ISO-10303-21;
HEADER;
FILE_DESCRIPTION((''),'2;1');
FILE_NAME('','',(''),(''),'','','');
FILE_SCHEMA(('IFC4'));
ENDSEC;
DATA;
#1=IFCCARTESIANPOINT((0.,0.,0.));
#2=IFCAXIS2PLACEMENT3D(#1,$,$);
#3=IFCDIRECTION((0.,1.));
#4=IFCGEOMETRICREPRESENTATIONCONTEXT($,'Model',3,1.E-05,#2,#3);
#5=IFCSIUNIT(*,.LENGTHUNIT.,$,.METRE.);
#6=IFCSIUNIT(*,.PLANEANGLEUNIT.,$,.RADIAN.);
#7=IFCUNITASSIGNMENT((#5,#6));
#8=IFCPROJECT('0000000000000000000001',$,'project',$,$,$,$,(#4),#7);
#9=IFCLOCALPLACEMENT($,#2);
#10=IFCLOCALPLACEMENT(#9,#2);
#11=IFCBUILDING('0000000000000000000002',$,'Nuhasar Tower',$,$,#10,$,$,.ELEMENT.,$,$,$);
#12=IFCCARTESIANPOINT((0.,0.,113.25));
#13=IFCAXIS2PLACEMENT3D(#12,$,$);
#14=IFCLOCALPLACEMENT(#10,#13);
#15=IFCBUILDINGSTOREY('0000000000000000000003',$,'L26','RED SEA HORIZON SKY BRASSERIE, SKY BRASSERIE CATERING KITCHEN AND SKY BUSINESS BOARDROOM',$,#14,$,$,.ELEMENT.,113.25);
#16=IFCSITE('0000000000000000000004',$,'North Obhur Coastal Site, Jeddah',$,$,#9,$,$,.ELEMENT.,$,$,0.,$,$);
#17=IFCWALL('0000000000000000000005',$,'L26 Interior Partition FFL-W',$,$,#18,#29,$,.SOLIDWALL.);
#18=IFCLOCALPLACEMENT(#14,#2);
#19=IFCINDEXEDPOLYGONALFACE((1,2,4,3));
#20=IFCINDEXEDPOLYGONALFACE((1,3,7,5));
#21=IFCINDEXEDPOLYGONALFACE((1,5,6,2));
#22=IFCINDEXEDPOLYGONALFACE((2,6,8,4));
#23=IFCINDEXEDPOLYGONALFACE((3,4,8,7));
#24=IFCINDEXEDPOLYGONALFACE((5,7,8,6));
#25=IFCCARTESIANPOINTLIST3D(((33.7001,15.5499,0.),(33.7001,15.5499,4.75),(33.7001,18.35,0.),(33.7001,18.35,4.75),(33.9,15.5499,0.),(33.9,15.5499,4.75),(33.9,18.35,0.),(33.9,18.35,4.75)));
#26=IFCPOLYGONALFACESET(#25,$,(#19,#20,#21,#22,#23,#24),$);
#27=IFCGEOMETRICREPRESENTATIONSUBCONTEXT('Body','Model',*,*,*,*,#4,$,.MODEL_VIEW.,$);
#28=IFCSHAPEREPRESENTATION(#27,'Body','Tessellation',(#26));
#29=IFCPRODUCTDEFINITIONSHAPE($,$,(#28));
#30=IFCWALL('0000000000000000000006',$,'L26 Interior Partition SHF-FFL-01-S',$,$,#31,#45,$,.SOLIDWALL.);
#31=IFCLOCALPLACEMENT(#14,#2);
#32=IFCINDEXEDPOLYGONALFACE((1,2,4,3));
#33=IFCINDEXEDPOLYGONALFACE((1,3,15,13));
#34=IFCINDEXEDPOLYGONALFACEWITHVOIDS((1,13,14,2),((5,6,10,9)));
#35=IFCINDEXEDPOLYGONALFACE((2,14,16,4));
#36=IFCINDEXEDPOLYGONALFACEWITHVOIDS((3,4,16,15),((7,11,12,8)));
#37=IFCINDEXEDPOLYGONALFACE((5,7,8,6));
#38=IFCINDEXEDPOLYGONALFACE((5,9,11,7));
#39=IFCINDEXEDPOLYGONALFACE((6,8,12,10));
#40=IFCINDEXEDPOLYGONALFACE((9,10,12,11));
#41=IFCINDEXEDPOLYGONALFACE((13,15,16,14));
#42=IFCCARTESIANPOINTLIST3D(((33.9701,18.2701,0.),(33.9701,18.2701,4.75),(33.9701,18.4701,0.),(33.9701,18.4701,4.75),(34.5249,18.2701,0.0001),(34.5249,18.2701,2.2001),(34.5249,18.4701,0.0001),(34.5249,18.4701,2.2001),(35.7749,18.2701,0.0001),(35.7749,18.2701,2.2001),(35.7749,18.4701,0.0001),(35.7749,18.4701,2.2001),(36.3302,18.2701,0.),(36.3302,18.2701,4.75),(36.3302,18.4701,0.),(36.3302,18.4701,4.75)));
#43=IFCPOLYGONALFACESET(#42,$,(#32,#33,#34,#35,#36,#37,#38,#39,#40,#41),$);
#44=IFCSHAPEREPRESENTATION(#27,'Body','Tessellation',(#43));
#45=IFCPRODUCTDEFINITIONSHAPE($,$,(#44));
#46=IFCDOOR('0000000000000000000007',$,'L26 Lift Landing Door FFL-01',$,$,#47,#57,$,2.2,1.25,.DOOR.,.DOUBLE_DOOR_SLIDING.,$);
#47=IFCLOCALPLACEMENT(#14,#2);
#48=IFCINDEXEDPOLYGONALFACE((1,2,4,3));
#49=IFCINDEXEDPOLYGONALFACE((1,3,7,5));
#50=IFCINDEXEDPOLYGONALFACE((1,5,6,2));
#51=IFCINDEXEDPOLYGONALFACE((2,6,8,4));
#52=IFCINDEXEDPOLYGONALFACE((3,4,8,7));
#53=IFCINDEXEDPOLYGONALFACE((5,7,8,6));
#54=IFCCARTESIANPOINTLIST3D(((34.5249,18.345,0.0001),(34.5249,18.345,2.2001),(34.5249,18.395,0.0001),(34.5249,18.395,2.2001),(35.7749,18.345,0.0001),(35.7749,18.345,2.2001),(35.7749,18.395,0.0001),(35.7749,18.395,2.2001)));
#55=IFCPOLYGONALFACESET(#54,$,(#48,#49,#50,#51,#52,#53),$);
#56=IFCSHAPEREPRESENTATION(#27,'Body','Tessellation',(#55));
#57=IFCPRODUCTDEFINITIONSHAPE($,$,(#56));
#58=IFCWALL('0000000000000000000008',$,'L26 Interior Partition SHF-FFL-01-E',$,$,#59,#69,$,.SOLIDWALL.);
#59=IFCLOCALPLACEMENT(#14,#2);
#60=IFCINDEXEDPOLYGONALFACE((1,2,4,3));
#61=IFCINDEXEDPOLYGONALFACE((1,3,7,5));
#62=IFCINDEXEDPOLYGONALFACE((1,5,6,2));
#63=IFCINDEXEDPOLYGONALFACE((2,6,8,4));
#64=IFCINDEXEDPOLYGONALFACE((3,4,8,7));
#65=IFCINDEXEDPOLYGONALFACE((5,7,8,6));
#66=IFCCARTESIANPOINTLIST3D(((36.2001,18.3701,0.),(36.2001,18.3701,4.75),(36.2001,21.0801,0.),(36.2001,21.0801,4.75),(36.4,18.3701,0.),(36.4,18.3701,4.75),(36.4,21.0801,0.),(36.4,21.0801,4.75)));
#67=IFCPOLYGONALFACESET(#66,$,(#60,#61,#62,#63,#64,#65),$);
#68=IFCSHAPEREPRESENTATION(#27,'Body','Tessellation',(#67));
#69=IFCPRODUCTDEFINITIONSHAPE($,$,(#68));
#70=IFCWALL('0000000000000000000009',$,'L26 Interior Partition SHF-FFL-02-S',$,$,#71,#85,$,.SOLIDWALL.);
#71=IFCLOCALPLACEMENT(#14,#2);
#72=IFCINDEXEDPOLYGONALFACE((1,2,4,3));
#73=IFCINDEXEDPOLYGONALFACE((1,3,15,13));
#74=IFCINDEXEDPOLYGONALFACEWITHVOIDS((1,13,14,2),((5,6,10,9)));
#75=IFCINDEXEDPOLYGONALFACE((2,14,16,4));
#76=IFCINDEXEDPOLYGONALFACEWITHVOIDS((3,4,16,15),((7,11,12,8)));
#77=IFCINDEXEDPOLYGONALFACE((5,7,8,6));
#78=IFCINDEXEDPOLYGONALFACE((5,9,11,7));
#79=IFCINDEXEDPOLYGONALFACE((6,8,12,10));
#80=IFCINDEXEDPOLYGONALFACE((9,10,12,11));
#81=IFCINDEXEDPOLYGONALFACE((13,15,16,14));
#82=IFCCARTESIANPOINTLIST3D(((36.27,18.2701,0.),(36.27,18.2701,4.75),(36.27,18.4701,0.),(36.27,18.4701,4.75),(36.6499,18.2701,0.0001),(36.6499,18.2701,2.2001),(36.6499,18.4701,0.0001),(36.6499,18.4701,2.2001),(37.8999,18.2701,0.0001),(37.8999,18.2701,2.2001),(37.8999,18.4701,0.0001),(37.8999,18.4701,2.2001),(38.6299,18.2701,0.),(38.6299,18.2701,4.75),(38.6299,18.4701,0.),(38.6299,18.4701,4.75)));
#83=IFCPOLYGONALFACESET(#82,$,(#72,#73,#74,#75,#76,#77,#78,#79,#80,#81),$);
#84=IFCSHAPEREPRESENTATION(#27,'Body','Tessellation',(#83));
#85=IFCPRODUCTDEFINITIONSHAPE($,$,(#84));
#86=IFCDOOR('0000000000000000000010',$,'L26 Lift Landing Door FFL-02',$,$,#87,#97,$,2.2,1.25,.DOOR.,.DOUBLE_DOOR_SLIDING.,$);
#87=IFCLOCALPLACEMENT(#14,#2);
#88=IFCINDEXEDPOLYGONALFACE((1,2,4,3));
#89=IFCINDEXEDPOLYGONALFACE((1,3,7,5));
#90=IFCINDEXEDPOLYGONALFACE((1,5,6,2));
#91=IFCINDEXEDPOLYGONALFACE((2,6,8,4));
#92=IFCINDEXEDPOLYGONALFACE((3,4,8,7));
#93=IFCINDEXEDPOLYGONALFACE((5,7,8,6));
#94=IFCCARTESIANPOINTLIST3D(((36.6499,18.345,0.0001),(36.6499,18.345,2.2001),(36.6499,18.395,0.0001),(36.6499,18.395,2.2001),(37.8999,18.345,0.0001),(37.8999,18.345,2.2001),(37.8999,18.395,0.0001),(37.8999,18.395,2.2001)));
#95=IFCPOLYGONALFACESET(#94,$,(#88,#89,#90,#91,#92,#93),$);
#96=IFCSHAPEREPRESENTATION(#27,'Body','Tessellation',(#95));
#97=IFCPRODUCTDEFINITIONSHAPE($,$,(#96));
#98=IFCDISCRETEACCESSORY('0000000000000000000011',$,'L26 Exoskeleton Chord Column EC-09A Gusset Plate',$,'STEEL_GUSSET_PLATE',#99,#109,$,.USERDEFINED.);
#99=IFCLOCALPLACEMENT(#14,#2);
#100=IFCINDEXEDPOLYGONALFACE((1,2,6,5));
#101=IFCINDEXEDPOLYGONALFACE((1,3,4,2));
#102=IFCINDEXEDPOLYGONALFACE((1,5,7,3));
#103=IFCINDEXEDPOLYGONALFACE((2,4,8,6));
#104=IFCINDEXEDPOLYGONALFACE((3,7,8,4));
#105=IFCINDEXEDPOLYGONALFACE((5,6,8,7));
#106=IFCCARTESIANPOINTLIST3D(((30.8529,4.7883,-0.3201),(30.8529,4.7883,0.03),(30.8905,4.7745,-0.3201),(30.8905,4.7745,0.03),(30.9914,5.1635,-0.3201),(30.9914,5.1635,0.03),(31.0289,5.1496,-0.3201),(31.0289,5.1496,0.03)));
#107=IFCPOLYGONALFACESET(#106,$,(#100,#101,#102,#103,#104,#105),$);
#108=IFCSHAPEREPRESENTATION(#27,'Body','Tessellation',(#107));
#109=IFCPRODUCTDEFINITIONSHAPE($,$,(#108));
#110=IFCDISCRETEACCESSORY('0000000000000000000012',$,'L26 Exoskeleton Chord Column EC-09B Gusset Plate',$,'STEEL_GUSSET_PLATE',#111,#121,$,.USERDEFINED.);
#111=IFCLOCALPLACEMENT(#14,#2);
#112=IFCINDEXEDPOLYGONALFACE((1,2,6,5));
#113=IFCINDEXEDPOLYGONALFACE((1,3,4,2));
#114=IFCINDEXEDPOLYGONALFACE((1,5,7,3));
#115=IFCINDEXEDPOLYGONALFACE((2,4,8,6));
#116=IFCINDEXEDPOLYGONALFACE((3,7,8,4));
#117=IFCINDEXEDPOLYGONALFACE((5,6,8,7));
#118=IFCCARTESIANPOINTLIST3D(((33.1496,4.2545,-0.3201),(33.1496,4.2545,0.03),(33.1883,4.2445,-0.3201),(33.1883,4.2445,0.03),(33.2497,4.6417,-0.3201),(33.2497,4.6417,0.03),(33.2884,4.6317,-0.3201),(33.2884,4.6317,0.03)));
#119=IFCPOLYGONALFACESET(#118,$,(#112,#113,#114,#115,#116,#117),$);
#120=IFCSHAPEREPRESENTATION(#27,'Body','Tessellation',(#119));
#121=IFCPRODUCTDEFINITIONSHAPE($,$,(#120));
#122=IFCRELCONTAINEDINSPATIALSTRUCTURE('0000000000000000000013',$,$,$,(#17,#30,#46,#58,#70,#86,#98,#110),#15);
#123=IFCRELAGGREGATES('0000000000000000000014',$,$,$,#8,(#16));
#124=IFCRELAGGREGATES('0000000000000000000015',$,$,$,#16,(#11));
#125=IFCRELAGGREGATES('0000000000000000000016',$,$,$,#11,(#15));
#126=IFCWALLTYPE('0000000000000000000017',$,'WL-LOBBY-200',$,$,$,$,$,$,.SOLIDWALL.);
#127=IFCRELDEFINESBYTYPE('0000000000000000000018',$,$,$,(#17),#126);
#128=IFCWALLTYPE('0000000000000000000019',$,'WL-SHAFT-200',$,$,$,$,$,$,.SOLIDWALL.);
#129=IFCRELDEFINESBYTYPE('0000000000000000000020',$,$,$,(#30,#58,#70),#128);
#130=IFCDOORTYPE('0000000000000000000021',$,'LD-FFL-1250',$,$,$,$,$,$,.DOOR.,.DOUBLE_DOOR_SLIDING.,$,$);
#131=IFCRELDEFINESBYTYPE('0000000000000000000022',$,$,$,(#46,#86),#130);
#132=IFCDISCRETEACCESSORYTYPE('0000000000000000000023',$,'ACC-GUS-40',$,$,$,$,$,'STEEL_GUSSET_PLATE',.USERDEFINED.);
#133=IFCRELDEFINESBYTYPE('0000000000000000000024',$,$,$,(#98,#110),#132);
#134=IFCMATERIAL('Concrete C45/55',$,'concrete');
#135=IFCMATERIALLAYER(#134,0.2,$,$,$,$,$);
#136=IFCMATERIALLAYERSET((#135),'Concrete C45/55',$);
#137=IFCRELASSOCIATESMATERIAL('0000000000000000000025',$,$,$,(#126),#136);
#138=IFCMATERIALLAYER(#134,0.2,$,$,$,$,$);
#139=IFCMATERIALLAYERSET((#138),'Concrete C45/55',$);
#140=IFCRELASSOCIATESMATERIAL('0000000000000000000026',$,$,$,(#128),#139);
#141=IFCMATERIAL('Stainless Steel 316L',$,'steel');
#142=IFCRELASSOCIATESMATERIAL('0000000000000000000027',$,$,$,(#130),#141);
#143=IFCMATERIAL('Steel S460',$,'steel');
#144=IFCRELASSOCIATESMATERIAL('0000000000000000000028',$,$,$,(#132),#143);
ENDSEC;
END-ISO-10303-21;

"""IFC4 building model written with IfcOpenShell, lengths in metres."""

from ifc_helpers import new_model, si_unit, direction, frame, frame_2d, origin, origin_2d, place, context, subcontext, project, spatial, rectangle, extrude, material, layer, layer_set, type_object, element, fill, save


model = new_model("IFC4")

# Units and contexts
model_context = context("Model", 3, precision=1e-05, world=origin(), true_north=direction((0.0, 1.0)))
body_context = subcontext(model_context, "Body", "Model", "MODEL_VIEW")
ifc_project = project(units=[si_unit("LENGTHUNIT", "METRE"), si_unit("PLANEANGLEUNIT", "RADIAN")], contexts=[model_context])

# Site, building, storey
site_placement = place(None, origin())
site = spatial("IfcSite", under=ifc_project, at=site_placement, Name="North Obhur Coastal Site, Jeddah", CompositionType="ELEMENT", RefElevation=0.0)
building_placement = place(site_placement, origin())
building = spatial("IfcBuilding", under=site, at=building_placement, Name="Nuhasar Tower", CompositionType="ELEMENT")
storey_placement = place(building_placement, frame((0.0, 0.0, 113.25)))
storey = spatial("IfcBuildingStorey", under=building, at=storey_placement, Name="L26", Description="RED SEA HORIZON SKY BRASSERIE, SKY BRASSERIE CATERING KITCHEN AND SKY BUSINESS BOARDROOM", CompositionType="ELEMENT", Elevation=113.25)

# Shared definitions
ifc_material_1 = material(Name="Steel S460", Category="steel")

# Wall
ifc_material_2 = material(Name="Concrete C45/55", Category="concrete")
ifc_layer_1 = layer(ifc_material_2, 0.2)
ifc_layer_set_1 = layer_set([ifc_layer_1], Name="Concrete C45/55")
wall_type_1 = type_object("IfcWallType", Name="WL-LOBBY-200", PredefinedType="SOLIDWALL", material=ifc_layer_set_1)
wall_1_placement = place(storey_placement, frame((33.8, 15.55, 0.0), z_axis=(0.0, 0.0, 1.0), x_axis=(0.0, 1.0, 0.0)))
element("IfcWall", 1, at=wall_1_placement, inside=storey, type_object=wall_type_1, Name="L26 Interior Partition FFL-W", PredefinedType="SOLIDWALL", context=body_context, shape_type="SweptSolid", body=[
    extrude(rectangle(XDim=2.8, YDim=0.2, at=frame_2d((1.3999, 0.0))), origin(), (0.0, 0.0, 1.0), 4.75),
])

# Wall, opening, door
ifc_layer_2 = layer(ifc_material_2, 0.2)
ifc_layer_set_2 = layer_set([ifc_layer_2], Name="Concrete C45/55")
wall_type_2 = type_object("IfcWallType", Name="WL-SHAFT-200", PredefinedType="SOLIDWALL", material=ifc_layer_set_2)
wall_2_placement = place(storey_placement, frame((33.97, 18.3701, 0.0), z_axis=(0.0, 0.0, 1.0), x_axis=(1.0, 0.0, 0.0)))
wall_2 = element("IfcWall", 2, at=wall_2_placement, inside=storey, type_object=wall_type_2, Name="L26 Interior Partition SHF-FFL-01-S", PredefinedType="SOLIDWALL", context=body_context, shape_type="SweptSolid", body=[
    extrude(rectangle(XDim=2.3601, YDim=0.2, at=frame_2d((1.1802, 0.0))), origin(), (0.0, 0.0, 1.0), 4.75),
])
opening_1_placement = place(wall_2_placement, frame((0.5549, 0.0, 0.0)))
opening_1 = element("IfcOpeningElement", 3, at=opening_1_placement, cuts=wall_2, PredefinedType="OPENING", context=body_context, shape_type="SweptSolid", body=[
    extrude(rectangle(XDim=1.25, YDim=2.2, at=frame_2d((0.625, 1.1001))), frame((0.0, 0.1099, 0.0), z_axis=(0.0, -1.0, 0.0), x_axis=(1.0, 0.0, 0.0)), (0.0, 0.0, 1.0), 0.22),
])
ifc_material_3 = material(Name="Stainless Steel 316L", Category="steel")
door_type_1 = type_object("IfcDoorType", Name="LD-FFL-1250", OperationType="DOUBLE_DOOR_SLIDING", PredefinedType="DOOR", material=ifc_material_3)
door_1_placement = place(opening_1_placement, origin())
door_1 = element("IfcDoor", 4, at=door_1_placement, inside=storey, type_object=door_type_1, Name="L26 Lift Landing Door FFL-01", OperationType="DOUBLE_DOOR_SLIDING", OverallHeight=2.2, OverallWidth=1.25, PredefinedType="DOOR", context=body_context, shape_type="SweptSolid", body=[
    extrude(rectangle(XDim=1.25, YDim=2.2, at=frame_2d((0.625, 1.1001))), frame((0.0, 0.0249, 0.0), z_axis=(0.0, -1.0, 0.0), x_axis=(1.0, 0.0, 0.0)), (0.0, 0.0, 1.0), 0.05),
])
fill(opening_1, door_1)

# Wall
wall_3_placement = place(storey_placement, frame((36.3, 18.3701, 0.0), z_axis=(0.0, 0.0, 1.0), x_axis=(0.0, 1.0, 0.0)))
element("IfcWall", 5, at=wall_3_placement, inside=storey, type_object=wall_type_2, Name="L26 Interior Partition SHF-FFL-01-E", PredefinedType="SOLIDWALL", context=body_context, shape_type="SweptSolid", body=[
    extrude(rectangle(XDim=2.71, YDim=0.2, at=frame_2d((1.355, 0.0))), origin(), (0.0, 0.0, 1.0), 4.75),
])

# Wall, opening, door
wall_4_placement = place(storey_placement, frame((36.27, 18.3701, 0.0), z_axis=(0.0, 0.0, 1.0), x_axis=(1.0, 0.0, 0.0)))
wall_4 = element("IfcWall", 6, at=wall_4_placement, inside=storey, type_object=wall_type_2, Name="L26 Interior Partition SHF-FFL-02-S", PredefinedType="SOLIDWALL", context=body_context, shape_type="SweptSolid", body=[
    extrude(rectangle(XDim=2.3599, YDim=0.2, at=frame_2d((1.1799, 0.0))), origin(), (0.0, 0.0, 1.0), 4.75),
])
opening_2_placement = place(wall_4_placement, frame((0.3799, 0.0, 0.0)))
opening_2 = element("IfcOpeningElement", 7, at=opening_2_placement, cuts=wall_4, PredefinedType="OPENING", context=body_context, shape_type="SweptSolid", body=[
    extrude(rectangle(XDim=1.25, YDim=2.2, at=frame_2d((0.625, 1.1001))), frame((0.0, 0.1099, 0.0), z_axis=(0.0, -1.0, 0.0), x_axis=(1.0, 0.0, 0.0)), (0.0, 0.0, 1.0), 0.22),
])
door_2_placement = place(opening_2_placement, origin())
door_2 = element("IfcDoor", 8, at=door_2_placement, inside=storey, type_object=door_type_1, Name="L26 Lift Landing Door FFL-02", OperationType="DOUBLE_DOOR_SLIDING", OverallHeight=2.2, OverallWidth=1.25, PredefinedType="DOOR", context=body_context, shape_type="SweptSolid", body=[
    extrude(rectangle(XDim=1.25, YDim=2.2, at=frame_2d((0.625, 1.1001))), frame((0.0, 0.0249, 0.0), z_axis=(0.0, -1.0, 0.0), x_axis=(1.0, 0.0, 0.0)), (0.0, 0.0, 1.0), 0.05),
])
fill(opening_2, door_2)

# Discrete accessories
discrete_accessory_type = type_object("IfcDiscreteAccessoryType", Name="ACC-GUS-40", ElementType="STEEL_GUSSET_PLATE", PredefinedType="USERDEFINED", material=ifc_material_1)
for number, where, z_axis, x_axis, name in (
    (9, (30.9409, 4.969, -0.3201), (0.0, 0.0, 1.0), (-0.346314, -0.938119, 0.0), "L26 Exoskeleton Chord Column EC-09A Gusset Plate"),
    (10, (33.219, 4.4431, -0.3201), (0.0, 0.0, 1.0), (-0.250346, -0.968156, 0.0), "L26 Exoskeleton Chord Column EC-09B Gusset Plate"),
):
    element("IfcDiscreteAccessory", number, at=place(storey_placement, frame(where, z_axis=z_axis, x_axis=x_axis)), inside=storey, type_object=discrete_accessory_type, Name=name, ObjectType="STEEL_GUSSET_PLATE", PredefinedType="USERDEFINED", context=body_context, shape_type="SweptSolid", body=[
        extrude(rectangle(XDim=0.3999, YDim=0.04, at=origin_2d()), origin(), (0.0, 0.0, 1.0), 0.3501),
    ])

save(model, "model.ifc")
